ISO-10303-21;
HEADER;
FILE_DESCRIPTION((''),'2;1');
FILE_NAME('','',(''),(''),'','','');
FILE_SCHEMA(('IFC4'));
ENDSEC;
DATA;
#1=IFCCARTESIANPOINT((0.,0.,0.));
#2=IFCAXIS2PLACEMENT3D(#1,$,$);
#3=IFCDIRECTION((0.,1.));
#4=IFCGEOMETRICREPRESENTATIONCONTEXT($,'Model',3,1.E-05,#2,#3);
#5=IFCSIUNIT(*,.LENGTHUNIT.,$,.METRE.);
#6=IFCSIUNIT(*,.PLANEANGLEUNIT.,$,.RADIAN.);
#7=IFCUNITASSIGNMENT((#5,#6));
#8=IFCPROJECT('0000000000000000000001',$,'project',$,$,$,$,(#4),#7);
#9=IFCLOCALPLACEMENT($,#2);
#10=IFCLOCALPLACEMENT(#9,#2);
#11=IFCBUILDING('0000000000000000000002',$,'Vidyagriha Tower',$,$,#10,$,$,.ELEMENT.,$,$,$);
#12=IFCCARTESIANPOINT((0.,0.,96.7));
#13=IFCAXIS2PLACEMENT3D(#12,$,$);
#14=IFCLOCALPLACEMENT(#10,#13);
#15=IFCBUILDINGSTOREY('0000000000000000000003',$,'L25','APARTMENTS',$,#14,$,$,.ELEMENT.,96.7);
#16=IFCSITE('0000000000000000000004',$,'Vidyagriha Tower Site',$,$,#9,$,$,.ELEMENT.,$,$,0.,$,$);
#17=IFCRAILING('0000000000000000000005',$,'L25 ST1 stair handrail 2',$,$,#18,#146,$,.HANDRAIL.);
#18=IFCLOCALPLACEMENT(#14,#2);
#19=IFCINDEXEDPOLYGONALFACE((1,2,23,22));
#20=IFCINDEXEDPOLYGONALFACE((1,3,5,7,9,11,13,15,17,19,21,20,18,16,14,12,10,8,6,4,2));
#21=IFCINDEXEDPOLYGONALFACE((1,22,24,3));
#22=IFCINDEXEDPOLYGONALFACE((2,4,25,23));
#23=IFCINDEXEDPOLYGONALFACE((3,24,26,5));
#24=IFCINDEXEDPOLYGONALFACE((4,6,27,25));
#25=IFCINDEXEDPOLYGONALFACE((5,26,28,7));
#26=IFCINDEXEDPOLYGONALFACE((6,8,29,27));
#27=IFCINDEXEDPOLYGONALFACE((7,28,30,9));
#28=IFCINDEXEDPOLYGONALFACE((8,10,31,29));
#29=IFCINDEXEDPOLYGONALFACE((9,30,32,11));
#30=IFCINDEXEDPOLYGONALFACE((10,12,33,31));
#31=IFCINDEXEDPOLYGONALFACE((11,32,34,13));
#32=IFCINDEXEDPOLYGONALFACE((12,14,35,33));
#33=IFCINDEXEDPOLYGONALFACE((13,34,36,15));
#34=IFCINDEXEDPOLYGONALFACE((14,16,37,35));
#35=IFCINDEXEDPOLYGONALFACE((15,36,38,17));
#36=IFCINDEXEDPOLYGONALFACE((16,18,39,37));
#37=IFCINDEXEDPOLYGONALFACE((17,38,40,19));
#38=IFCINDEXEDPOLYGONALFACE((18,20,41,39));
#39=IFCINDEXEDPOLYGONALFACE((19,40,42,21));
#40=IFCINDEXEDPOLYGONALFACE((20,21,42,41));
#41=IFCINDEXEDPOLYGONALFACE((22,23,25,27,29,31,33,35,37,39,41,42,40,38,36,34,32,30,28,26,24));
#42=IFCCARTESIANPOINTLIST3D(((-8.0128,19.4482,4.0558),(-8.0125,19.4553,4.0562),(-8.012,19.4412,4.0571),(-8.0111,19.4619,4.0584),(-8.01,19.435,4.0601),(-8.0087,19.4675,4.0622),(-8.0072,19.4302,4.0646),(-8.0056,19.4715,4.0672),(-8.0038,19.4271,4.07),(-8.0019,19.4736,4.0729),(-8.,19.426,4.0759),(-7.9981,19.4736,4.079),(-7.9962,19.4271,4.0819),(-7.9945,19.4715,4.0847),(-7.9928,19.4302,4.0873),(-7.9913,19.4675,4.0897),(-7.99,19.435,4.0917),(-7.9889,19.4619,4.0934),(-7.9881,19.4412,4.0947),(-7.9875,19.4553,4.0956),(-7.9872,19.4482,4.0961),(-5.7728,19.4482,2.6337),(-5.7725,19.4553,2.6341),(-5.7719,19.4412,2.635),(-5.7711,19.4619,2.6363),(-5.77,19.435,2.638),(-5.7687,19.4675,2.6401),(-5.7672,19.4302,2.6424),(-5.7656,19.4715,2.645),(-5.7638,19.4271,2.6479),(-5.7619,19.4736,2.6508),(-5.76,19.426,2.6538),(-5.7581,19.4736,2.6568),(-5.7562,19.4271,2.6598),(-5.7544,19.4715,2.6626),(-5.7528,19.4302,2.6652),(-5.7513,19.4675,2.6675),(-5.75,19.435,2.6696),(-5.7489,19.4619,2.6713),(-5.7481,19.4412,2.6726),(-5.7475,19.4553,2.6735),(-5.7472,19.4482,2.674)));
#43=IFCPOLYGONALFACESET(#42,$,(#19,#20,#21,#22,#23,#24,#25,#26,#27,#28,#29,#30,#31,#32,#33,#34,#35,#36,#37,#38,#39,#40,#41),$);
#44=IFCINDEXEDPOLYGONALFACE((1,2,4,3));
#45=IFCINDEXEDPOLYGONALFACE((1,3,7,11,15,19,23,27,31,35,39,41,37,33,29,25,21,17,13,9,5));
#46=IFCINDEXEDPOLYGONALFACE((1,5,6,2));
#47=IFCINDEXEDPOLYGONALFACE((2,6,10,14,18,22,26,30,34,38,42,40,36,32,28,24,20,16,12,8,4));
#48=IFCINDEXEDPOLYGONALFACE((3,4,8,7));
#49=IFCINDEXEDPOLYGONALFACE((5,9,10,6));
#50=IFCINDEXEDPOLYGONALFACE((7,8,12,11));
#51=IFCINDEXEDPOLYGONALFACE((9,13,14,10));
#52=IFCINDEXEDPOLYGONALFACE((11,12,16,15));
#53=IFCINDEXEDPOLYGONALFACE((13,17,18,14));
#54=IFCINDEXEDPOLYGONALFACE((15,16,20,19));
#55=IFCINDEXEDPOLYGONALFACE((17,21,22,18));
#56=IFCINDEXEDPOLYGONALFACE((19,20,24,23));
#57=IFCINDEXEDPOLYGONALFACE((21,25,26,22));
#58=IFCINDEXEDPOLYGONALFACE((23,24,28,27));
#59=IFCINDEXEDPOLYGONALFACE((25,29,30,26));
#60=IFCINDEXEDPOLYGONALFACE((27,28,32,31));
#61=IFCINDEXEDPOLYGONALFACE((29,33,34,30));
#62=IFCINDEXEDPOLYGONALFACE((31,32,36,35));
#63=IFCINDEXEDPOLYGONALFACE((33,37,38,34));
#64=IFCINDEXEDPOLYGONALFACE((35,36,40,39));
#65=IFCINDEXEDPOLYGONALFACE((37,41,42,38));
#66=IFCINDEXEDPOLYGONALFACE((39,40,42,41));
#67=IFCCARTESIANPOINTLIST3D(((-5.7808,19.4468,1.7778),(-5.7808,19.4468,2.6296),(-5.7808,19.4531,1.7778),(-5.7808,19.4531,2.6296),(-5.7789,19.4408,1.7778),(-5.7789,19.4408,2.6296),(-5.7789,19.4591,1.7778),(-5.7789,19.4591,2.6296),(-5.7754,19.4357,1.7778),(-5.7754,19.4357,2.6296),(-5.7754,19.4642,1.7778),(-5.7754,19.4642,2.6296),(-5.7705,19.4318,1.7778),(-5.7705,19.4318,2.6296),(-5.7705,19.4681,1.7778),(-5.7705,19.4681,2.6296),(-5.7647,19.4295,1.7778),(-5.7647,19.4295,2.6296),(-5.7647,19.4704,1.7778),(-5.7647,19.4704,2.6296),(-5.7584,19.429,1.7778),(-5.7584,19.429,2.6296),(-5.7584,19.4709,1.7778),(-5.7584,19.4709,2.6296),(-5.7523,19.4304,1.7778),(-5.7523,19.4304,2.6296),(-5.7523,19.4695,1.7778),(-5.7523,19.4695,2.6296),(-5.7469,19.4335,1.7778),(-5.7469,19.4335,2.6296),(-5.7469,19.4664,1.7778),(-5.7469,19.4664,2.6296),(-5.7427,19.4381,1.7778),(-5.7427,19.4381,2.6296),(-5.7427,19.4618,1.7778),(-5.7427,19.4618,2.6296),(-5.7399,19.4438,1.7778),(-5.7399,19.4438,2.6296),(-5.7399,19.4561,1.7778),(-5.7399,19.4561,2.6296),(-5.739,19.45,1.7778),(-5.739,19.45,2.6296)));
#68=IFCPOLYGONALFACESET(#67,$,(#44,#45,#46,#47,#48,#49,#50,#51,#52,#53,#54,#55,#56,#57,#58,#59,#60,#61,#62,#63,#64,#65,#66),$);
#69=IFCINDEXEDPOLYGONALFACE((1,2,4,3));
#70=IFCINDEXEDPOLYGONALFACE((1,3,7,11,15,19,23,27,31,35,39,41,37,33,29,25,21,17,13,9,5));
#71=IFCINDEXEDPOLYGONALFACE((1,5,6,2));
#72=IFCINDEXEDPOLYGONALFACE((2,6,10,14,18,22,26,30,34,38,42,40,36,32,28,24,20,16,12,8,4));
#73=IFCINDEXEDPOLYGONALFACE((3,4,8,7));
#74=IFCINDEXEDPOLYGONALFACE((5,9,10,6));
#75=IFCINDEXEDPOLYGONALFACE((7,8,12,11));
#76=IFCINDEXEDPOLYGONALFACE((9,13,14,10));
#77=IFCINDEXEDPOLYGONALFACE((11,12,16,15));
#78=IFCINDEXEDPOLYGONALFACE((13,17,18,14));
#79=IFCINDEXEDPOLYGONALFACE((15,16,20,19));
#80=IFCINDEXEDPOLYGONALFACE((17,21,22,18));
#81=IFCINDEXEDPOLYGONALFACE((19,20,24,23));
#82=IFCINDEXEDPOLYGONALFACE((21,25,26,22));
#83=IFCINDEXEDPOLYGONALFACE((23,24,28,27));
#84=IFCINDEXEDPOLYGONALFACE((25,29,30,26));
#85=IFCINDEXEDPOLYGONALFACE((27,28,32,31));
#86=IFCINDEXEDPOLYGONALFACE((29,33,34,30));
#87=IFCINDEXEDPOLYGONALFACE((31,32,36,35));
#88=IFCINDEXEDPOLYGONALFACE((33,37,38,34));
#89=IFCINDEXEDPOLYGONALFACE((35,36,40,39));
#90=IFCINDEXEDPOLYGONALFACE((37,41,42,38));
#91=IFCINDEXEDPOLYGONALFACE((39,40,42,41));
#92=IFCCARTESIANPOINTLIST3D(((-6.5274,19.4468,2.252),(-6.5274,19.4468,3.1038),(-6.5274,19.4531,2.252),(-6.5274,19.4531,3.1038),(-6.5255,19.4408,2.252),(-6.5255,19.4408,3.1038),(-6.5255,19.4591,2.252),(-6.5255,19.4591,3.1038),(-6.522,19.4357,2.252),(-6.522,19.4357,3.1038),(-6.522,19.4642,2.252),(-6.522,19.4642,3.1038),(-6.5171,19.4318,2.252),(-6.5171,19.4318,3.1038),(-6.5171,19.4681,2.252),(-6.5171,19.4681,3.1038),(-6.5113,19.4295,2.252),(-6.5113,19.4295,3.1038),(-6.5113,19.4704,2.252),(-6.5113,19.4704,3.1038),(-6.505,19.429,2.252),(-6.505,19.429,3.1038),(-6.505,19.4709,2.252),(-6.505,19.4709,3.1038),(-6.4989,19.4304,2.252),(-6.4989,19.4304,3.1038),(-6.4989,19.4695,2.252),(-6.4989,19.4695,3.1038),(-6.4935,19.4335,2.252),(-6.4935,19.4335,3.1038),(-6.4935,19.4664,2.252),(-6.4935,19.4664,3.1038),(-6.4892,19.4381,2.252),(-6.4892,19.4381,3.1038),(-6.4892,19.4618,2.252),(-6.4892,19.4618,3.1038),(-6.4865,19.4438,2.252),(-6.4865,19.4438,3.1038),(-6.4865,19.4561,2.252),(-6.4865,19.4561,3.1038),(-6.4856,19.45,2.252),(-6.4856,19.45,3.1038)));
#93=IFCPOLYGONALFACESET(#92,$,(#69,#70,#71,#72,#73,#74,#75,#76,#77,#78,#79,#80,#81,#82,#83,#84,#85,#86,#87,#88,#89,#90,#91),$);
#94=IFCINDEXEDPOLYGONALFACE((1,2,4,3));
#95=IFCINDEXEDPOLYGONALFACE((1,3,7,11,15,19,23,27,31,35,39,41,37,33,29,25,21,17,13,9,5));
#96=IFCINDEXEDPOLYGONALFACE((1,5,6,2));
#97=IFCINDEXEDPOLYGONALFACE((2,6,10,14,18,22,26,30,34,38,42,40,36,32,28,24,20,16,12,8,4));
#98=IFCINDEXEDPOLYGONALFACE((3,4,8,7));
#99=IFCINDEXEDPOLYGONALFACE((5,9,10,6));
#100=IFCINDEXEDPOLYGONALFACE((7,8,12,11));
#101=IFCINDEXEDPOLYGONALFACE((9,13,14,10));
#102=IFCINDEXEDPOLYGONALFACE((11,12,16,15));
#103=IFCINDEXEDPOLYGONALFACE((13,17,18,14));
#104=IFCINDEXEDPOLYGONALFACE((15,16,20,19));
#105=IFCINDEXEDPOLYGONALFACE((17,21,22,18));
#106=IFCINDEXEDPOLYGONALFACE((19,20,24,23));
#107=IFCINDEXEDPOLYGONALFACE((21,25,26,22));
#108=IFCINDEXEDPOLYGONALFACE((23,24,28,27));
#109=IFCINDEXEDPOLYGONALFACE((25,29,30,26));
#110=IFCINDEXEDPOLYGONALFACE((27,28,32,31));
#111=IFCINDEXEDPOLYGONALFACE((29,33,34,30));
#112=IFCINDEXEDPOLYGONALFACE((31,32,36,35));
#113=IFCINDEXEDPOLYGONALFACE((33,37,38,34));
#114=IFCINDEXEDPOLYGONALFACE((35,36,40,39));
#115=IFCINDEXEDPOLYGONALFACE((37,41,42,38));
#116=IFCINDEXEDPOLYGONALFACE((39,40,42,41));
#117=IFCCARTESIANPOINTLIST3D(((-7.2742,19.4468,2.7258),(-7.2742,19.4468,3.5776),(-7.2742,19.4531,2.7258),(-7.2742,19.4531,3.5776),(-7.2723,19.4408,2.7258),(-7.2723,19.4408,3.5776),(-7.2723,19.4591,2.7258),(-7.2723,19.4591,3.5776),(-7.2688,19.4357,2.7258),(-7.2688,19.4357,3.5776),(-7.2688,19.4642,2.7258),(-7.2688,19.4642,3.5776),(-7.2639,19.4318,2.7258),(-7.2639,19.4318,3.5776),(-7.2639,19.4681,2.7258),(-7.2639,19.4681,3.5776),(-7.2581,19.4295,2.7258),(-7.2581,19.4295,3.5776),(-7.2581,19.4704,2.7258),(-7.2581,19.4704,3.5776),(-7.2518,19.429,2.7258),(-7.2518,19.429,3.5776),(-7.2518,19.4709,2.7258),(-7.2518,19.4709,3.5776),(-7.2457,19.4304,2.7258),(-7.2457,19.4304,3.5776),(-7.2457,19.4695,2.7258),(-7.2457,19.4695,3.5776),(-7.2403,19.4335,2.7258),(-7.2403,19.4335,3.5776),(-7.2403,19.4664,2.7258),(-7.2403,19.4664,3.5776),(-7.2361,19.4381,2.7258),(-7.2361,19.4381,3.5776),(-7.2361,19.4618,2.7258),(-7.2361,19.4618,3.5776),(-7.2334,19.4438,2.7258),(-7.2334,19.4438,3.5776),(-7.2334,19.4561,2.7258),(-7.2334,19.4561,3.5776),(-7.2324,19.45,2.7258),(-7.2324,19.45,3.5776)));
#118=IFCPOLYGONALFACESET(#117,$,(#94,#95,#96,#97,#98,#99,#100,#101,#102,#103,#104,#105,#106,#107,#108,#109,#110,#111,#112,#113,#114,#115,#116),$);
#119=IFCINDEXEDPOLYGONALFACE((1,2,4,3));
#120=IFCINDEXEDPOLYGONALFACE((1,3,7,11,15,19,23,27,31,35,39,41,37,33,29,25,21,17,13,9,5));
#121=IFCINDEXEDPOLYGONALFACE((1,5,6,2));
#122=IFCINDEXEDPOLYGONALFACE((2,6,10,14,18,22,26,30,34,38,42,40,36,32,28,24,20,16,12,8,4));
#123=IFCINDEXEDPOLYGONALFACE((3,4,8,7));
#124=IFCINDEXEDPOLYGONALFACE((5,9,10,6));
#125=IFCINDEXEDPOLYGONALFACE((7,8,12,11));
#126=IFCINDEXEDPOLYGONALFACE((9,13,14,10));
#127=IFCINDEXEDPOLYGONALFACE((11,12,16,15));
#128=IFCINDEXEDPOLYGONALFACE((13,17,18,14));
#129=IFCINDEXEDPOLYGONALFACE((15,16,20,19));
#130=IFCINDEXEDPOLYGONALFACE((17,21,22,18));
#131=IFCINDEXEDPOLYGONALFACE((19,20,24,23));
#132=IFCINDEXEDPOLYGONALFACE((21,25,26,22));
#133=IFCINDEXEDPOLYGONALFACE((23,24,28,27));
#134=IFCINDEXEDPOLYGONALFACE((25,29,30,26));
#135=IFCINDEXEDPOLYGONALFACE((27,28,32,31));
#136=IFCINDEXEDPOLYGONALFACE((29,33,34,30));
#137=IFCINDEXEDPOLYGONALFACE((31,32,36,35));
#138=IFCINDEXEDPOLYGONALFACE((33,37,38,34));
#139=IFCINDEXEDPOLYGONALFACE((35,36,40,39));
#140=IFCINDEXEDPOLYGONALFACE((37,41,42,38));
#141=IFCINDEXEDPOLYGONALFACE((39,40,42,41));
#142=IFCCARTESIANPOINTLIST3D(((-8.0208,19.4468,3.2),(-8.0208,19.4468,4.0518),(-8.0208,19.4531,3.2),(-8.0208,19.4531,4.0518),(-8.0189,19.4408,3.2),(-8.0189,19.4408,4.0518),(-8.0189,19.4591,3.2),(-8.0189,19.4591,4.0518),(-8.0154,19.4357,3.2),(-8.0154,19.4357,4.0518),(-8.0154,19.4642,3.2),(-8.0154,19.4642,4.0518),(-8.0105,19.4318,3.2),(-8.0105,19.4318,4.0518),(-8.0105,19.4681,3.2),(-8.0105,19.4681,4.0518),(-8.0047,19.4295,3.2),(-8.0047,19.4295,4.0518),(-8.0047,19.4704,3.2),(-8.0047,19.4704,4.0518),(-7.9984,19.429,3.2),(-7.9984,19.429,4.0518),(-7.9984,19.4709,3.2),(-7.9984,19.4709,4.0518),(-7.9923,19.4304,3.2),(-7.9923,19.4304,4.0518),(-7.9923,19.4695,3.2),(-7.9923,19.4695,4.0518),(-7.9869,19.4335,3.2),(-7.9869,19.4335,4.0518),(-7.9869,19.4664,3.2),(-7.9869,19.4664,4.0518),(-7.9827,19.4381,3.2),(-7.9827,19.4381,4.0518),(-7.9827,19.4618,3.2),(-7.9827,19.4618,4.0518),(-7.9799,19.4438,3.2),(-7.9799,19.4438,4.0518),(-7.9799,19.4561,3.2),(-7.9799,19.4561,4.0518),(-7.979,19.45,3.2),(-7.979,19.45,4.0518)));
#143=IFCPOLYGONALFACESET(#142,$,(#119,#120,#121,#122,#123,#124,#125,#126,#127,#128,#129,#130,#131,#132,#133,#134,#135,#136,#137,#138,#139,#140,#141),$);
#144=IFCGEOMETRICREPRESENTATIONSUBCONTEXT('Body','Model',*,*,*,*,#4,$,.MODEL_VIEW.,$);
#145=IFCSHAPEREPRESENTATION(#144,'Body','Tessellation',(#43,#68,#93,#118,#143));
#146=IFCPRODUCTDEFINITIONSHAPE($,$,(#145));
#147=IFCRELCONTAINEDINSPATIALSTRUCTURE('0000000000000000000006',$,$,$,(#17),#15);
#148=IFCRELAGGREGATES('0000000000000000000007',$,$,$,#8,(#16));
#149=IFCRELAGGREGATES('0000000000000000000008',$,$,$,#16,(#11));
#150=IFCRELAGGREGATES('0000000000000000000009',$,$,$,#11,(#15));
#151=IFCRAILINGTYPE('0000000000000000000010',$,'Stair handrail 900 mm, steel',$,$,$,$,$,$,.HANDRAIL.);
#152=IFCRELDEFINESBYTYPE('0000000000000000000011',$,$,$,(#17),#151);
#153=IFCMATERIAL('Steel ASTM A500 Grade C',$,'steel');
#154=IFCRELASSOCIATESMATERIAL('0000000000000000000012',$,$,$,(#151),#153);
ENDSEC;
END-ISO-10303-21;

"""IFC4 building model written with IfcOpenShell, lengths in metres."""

from ifc_helpers import new_model, si_unit, direction, frame, origin, origin_2d, place, context, subcontext, project, spatial, circle, extrude, material, type_object, element, save


model = new_model("IFC4")

# Units and contexts
model_context = context("Model", 3, precision=1e-05, world=origin(), true_north=direction((0.0, 1.0)))
body_context = subcontext(model_context, "Body", "Model", "MODEL_VIEW")
ifc_project = project(units=[si_unit("LENGTHUNIT", "METRE"), si_unit("PLANEANGLEUNIT", "RADIAN")], contexts=[model_context])

# Site, building, storey
site_placement = place(None, origin())
site = spatial("IfcSite", under=ifc_project, at=site_placement, Name="Vidyagriha Tower Site", CompositionType="ELEMENT", RefElevation=0.0)
building_placement = place(site_placement, origin())
building = spatial("IfcBuilding", under=site, at=building_placement, Name="Vidyagriha Tower", CompositionType="ELEMENT")
storey_placement = place(building_placement, frame((0.0, 0.0, 96.7)))
storey = spatial("IfcBuildingStorey", under=building, at=storey_placement, Name="L25", Description="APARTMENTS", CompositionType="ELEMENT", Elevation=96.7)

# Railing
ifc_material_1 = material(Name="Steel ASTM A500 Grade C", Category="steel")
railing_type_1 = type_object("IfcRailingType", Name="Stair handrail 900 mm, steel", PredefinedType="HANDRAIL", material=ifc_material_1)
railing_1_placement = place(storey_placement, frame((-5.76, 19.45, 1.7778)))
element("IfcRailing", 1, at=railing_1_placement, inside=storey, type_object=railing_type_1, Name="L25 ST1 stair handrail 2", PredefinedType="HANDRAIL", context=body_context, shape_type="SweptSolid", body=[
    extrude(circle(Radius=0.0239, at=origin_2d()), frame((0.0, 0.0, 0.876), z_axis=(-0.844229, 0.0, 0.535982), x_axis=(0.0, -1.0, 0.0)), (0.0, 0.0, 1.0), 2.6533),
    extrude(circle(Radius=0.021, at=origin_2d()), origin(), (0.0, 0.0, 1.0), 0.8518),
    extrude(circle(Radius=0.021, at=origin_2d()), frame((-0.7466, 0.0, 0.4741)), (0.0, 0.0, 1.0), 0.8518),
    extrude(circle(Radius=0.021, at=origin_2d()), frame((-1.4934, 0.0, 0.948)), (0.0, 0.0, 1.0), 0.8518),
    extrude(circle(Radius=0.021, at=origin_2d()), frame((-2.24, 0.0, 1.4221)), (0.0, 0.0, 1.0), 0.8518),
])

save(model, "model.ifc")
